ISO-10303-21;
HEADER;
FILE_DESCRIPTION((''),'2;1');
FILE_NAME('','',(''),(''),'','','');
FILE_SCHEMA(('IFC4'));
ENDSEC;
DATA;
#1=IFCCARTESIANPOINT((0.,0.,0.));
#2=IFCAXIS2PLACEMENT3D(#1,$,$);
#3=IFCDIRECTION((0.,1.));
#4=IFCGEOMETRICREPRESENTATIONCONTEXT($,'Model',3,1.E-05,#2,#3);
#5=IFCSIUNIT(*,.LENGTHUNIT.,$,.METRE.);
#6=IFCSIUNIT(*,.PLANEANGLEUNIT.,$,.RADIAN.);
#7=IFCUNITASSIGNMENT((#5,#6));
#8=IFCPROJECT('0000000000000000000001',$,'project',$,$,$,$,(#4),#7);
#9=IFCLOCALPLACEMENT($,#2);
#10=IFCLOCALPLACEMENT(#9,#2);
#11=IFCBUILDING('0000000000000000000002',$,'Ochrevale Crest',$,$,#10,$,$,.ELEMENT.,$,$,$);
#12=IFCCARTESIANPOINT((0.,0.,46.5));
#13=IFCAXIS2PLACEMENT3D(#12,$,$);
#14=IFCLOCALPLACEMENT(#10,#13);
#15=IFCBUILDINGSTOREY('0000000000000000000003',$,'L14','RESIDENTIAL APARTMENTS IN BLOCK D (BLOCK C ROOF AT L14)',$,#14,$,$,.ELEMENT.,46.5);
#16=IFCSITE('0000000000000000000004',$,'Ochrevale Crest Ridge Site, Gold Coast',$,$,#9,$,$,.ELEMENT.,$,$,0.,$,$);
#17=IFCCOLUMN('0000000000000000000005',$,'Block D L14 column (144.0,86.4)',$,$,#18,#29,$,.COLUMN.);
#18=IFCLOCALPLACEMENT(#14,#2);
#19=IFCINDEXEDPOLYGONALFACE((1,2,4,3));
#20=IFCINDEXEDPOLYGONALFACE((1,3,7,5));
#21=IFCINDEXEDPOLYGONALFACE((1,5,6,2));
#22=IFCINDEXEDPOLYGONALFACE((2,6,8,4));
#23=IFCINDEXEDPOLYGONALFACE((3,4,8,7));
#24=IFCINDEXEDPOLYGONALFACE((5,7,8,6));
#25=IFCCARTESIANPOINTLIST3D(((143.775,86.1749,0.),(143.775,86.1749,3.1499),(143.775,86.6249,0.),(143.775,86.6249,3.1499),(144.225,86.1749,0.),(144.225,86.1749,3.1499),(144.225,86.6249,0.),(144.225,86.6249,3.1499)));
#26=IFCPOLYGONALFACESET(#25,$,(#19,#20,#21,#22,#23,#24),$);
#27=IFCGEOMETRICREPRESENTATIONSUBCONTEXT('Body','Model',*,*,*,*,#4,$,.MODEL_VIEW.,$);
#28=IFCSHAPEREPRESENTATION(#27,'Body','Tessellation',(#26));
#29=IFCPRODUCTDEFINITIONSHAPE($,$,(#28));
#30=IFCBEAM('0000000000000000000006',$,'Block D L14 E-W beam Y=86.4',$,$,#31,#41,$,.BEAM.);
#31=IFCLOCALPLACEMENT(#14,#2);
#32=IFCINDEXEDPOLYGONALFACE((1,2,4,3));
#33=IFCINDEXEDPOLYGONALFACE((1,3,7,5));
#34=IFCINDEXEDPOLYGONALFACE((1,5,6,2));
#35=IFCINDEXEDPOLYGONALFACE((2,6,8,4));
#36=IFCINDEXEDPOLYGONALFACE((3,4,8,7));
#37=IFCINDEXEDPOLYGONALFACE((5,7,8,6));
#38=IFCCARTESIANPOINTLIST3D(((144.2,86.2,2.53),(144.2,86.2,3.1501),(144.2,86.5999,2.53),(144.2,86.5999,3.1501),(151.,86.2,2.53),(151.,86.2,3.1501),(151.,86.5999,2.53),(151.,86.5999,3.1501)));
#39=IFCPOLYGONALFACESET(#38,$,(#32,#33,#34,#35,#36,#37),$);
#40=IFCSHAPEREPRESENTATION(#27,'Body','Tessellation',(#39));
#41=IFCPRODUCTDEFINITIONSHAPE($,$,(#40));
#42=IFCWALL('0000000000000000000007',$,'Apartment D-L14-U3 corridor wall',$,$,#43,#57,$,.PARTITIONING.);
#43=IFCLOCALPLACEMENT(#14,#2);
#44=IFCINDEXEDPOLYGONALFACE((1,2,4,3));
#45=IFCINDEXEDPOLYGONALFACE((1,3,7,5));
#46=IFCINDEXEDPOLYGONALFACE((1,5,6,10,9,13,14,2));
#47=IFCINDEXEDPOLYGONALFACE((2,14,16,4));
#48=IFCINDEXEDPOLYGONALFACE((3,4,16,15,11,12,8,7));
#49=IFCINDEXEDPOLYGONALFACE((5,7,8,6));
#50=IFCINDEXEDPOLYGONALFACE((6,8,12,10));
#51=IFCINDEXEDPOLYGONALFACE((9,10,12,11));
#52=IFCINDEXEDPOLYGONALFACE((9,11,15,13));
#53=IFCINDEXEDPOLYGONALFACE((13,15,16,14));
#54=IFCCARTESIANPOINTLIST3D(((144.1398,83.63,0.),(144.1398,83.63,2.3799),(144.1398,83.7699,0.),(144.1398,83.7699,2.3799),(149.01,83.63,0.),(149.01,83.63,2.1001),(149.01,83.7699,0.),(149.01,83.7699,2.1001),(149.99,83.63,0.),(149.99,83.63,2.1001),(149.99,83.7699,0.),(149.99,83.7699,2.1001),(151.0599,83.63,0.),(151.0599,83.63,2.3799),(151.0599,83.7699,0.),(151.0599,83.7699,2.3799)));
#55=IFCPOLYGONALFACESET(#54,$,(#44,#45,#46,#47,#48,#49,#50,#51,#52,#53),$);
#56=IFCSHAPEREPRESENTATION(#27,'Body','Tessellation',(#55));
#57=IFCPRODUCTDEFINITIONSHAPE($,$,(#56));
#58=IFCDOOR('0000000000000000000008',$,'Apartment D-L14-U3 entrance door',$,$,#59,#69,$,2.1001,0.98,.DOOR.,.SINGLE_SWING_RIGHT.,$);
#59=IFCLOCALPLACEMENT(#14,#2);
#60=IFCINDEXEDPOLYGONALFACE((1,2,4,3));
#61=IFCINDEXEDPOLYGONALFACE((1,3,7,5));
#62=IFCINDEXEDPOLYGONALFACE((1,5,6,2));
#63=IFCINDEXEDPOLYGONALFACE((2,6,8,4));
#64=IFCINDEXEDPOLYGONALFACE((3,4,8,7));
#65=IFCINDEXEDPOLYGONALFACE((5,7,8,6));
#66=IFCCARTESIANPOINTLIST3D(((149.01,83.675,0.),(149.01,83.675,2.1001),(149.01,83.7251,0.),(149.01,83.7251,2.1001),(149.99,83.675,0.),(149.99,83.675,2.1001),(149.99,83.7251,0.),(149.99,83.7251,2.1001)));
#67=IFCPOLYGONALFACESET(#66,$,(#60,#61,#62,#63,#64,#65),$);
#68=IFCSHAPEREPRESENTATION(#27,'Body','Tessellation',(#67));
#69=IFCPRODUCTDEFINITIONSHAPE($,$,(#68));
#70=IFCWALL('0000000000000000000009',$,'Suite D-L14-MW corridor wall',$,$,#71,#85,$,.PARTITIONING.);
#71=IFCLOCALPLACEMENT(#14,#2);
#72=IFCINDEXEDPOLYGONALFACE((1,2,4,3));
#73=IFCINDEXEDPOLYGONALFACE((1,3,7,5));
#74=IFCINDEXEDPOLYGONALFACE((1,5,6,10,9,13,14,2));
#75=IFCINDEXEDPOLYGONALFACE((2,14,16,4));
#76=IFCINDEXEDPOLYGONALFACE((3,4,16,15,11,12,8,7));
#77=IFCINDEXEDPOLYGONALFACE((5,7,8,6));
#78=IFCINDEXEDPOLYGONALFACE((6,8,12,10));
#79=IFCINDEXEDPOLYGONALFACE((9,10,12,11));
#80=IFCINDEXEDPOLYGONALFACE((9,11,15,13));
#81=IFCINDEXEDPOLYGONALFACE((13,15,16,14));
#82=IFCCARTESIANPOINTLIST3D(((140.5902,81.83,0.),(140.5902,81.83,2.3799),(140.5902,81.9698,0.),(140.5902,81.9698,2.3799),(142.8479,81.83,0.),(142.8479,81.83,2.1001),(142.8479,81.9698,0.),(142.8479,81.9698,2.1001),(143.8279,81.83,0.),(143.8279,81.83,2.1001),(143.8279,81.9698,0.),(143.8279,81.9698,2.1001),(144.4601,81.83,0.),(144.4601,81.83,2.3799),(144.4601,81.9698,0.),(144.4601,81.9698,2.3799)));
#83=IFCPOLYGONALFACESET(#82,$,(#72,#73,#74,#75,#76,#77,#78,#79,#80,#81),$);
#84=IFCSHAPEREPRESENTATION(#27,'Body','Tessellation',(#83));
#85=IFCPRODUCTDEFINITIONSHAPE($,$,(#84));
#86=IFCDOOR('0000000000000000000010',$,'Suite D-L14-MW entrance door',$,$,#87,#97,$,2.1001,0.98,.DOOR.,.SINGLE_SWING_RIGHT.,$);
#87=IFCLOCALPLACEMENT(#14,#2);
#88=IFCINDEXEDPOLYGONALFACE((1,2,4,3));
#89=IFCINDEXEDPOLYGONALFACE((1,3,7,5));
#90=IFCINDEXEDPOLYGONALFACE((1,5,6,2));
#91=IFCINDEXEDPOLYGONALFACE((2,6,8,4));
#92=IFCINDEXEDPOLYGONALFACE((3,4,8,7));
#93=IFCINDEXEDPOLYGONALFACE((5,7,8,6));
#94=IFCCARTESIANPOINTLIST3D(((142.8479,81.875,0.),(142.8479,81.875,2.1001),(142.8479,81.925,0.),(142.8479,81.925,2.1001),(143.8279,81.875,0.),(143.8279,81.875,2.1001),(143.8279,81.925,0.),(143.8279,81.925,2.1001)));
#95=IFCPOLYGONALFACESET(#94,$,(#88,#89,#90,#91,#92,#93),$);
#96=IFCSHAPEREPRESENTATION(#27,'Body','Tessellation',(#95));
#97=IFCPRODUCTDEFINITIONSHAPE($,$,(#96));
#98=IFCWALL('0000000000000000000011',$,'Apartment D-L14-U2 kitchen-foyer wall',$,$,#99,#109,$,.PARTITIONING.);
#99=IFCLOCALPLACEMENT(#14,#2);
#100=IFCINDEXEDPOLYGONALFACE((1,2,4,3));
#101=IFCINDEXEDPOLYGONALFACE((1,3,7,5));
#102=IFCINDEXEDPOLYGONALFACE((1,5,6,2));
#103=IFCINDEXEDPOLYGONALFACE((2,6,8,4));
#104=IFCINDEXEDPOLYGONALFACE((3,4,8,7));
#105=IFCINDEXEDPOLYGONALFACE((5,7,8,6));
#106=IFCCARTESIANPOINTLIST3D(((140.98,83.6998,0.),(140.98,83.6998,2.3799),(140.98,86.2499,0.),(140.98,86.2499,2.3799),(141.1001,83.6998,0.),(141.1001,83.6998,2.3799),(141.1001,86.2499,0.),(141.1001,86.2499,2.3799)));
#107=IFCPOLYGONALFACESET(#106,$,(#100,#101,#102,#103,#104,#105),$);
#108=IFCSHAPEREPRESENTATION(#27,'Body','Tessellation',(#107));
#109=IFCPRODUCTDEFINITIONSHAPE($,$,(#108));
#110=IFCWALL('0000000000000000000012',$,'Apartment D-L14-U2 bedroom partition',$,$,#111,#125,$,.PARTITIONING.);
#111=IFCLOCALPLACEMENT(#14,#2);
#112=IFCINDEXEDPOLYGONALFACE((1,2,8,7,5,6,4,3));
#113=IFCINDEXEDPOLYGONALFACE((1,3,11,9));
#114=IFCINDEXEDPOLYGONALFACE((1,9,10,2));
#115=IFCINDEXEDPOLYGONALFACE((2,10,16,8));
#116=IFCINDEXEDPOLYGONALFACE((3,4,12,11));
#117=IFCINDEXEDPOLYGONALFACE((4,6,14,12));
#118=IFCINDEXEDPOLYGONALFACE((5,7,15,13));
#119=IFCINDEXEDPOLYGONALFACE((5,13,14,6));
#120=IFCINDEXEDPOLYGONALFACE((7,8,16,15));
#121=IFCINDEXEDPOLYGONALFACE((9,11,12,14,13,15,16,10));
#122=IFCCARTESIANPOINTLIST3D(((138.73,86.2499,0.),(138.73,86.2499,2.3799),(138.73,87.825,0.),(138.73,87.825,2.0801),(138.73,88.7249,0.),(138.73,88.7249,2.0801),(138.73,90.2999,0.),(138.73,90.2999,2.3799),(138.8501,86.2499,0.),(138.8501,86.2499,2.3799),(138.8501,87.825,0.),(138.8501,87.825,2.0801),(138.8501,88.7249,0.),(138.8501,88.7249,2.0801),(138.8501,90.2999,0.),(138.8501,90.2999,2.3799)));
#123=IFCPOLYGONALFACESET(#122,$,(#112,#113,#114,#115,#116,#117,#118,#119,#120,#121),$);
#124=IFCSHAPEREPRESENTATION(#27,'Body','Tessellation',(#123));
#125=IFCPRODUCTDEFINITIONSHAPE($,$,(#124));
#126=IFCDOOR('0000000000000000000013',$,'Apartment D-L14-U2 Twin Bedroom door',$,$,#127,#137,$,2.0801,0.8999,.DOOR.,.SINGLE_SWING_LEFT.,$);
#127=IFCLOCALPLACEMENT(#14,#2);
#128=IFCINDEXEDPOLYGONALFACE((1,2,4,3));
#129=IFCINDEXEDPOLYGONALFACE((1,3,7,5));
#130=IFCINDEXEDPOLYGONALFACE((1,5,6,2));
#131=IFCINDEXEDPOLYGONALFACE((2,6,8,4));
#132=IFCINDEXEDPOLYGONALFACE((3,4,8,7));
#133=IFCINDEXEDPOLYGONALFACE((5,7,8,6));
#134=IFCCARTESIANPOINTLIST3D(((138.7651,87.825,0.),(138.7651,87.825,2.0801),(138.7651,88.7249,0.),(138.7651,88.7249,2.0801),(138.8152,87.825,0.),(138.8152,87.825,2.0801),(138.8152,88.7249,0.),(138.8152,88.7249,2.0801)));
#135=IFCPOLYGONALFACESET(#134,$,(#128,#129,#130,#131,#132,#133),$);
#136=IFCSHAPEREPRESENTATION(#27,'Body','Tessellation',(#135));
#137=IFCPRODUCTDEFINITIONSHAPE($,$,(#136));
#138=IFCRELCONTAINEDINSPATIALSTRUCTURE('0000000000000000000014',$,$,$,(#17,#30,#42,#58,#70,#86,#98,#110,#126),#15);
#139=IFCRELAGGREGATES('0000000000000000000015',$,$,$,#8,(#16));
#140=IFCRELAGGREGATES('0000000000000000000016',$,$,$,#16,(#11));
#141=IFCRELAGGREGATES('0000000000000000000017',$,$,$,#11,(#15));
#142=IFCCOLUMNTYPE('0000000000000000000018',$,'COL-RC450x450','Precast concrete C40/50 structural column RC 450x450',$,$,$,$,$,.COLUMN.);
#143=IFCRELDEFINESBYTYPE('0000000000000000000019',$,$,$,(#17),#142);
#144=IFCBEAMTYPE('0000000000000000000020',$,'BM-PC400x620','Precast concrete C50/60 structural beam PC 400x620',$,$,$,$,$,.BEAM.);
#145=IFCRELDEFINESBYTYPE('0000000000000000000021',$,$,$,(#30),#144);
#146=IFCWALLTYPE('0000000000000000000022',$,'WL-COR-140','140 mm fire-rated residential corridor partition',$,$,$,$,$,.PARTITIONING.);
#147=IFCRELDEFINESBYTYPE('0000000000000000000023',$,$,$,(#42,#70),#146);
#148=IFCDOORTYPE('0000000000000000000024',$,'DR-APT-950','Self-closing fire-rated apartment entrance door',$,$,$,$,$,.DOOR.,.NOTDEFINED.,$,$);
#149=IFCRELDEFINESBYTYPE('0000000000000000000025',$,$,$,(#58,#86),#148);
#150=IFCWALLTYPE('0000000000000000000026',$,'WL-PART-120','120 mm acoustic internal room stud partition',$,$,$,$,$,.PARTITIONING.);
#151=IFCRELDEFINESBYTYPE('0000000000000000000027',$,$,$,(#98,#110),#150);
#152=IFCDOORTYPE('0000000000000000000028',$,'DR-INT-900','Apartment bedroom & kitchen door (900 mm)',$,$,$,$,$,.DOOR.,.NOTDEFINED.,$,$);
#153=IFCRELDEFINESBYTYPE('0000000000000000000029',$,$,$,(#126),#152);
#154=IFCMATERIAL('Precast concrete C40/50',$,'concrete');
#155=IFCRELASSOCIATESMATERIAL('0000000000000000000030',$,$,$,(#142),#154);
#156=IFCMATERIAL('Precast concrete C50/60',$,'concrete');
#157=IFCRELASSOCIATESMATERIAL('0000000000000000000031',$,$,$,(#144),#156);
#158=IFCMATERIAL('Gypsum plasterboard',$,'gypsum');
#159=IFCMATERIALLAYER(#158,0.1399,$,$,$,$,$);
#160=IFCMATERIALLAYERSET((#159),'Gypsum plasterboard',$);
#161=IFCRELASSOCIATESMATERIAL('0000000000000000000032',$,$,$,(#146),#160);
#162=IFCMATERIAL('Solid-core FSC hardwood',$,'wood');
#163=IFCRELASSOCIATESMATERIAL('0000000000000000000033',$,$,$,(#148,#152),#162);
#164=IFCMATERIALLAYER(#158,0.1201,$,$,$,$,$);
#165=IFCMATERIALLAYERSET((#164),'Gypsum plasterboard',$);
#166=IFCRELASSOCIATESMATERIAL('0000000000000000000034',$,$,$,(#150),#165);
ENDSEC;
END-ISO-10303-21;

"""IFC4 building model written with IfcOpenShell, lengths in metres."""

from ifc_helpers import new_model, si_unit, direction, frame, frame_2d, origin, origin_2d, place, context, subcontext, project, spatial, rectangle, extrude, material, layer, layer_set, material_profile, profile_set, type_object, element, fill, save


model = new_model("IFC4")

# Units and contexts
model_context = context("Model", 3, precision=1e-05, world=origin(), true_north=direction((0.0, 1.0)))
body_context = subcontext(model_context, "Body", "Model", "MODEL_VIEW")
ifc_project = project(units=[si_unit("LENGTHUNIT", "METRE"), si_unit("PLANEANGLEUNIT", "RADIAN")], contexts=[model_context])

# Site, building, storey
site_placement = place(None, origin())
site = spatial("IfcSite", under=ifc_project, at=site_placement, Name="Ochrevale Crest Ridge Site, Gold Coast", CompositionType="ELEMENT", RefElevation=0.0)
building_placement = place(site_placement, origin())
building = spatial("IfcBuilding", under=site, at=building_placement, Name="Ochrevale Crest", CompositionType="ELEMENT")
storey_placement = place(building_placement, frame((0.0, 0.0, 46.5)))
storey = spatial("IfcBuildingStorey", under=building, at=storey_placement, Name="L14", Description="RESIDENTIAL APARTMENTS IN BLOCK D (BLOCK C ROOF AT L14)", CompositionType="ELEMENT", Elevation=46.5)

# Column
ifc_material_1 = material(Name="Precast concrete C40/50", Category="concrete")
ifc_material_profile_1 = material_profile(ifc_material_1, rectangle(XDim=0.45, YDim=0.45, at=origin_2d()), Name="RC 450x450")
ifc_profile_set_1 = profile_set([ifc_material_profile_1], Name="Precast concrete C40/50")
column_type = type_object("IfcColumnType", Name="COL-RC450x450", Description="Precast concrete C40/50 structural column RC 450x450", PredefinedType="COLUMN", material=ifc_profile_set_1)
column_placement = place(storey_placement, frame((144.0, 86.3999, 0.0), z_axis=(0.0, 0.0, 1.0), x_axis=(1.0, 0.0, 0.0)))
element("IfcColumn", 1, at=column_placement, inside=storey, type_object=column_type, Name="Block D L14 column (144.0,86.4)", PredefinedType="COLUMN", context=body_context, shape_type="SweptSolid", body=[
    extrude(rectangle(XDim=0.45, YDim=0.45, at=origin_2d()), origin(), (0.0, 0.0, 1.0), 3.1499),
])

# Beam
ifc_material_2 = material(Name="Precast concrete C50/60", Category="concrete")
ifc_material_profile_2 = material_profile(ifc_material_2, rectangle(XDim=0.3999, YDim=0.6201, at=origin_2d()), Name="PC 400x620")
ifc_profile_set_2 = profile_set([ifc_material_profile_2], Name="Precast concrete C50/60")
beam_type = type_object("IfcBeamType", Name="BM-PC400x620", Description="Precast concrete C50/60 structural beam PC 400x620", PredefinedType="BEAM", material=ifc_profile_set_2)
beam_placement = place(storey_placement, frame((144.2, 86.3999, 2.8401), z_axis=(1.0, 0.0, 0.0), x_axis=(0.0, 1.0, 0.0)))
element("IfcBeam", 2, at=beam_placement, inside=storey, type_object=beam_type, Name="Block D L14 E-W beam Y=86.4", PredefinedType="BEAM", context=body_context, shape_type="SweptSolid", body=[
    extrude(rectangle(XDim=0.3999, YDim=0.6201, at=origin_2d()), origin(), (0.0, 0.0, 1.0), 6.8),
])

# Walls, openings, doors
ifc_material_3 = material(Name="Gypsum plasterboard", Category="gypsum")
ifc_layer_1 = layer(ifc_material_3, 0.1399)
ifc_layer_set_1 = layer_set([ifc_layer_1], Name="Gypsum plasterboard")
wall_type_1 = type_object("IfcWallType", Name="WL-COR-140", Description="140 mm fire-rated residential corridor partition", PredefinedType="PARTITIONING", material=ifc_layer_set_1)
wall_1_placement = place(storey_placement, frame((144.1399, 83.7, 0.0), z_axis=(0.0, 0.0, 1.0), x_axis=(1.0, 0.0, 0.0)))
wall_1 = element("IfcWall", 3, at=wall_1_placement, inside=storey, type_object=wall_type_1, Name="Apartment D-L14-U3 corridor wall", PredefinedType="PARTITIONING", context=body_context, shape_type="SweptSolid", body=[
    extrude(rectangle(XDim=6.9202, YDim=0.1399, at=frame_2d((3.46, 0.0))), origin(), (0.0, 0.0, 1.0), 2.3799),
])
opening_1_placement = place(wall_1_placement, frame((5.8501, 0.0, 0.0), z_axis=(0.0, 0.0, 1.0), x_axis=(-1.0, 0.0, 0.0)))
opening_1 = element("IfcOpeningElement", 4, at=opening_1_placement, cuts=wall_1, PredefinedType="OPENING", context=body_context, shape_type="SweptSolid", body=[
    extrude(rectangle(XDim=0.98, YDim=2.1001, at=frame_2d((0.49, 1.05))), frame((0.0, 0.0801, 0.0), z_axis=(0.0, -1.0, 0.0), x_axis=(1.0, 0.0, 0.0)), (0.0, 0.0, 1.0), 0.1599),
])
ifc_material_4 = material(Name="Solid-core FSC hardwood", Category="wood")
door_type_1 = type_object("IfcDoorType", Name="DR-APT-950", Description="Self-closing fire-rated apartment entrance door", OperationType="NOTDEFINED", PredefinedType="DOOR", material=ifc_material_4)
door_1_placement = place(opening_1_placement, origin())
door_1 = element("IfcDoor", 5, at=door_1_placement, inside=storey, type_object=door_type_1, Name="Apartment D-L14-U3 entrance door", OperationType="SINGLE_SWING_RIGHT", OverallHeight=2.1001, OverallWidth=0.98, PredefinedType="DOOR", context=body_context, shape_type="SweptSolid", body=[
    extrude(rectangle(XDim=0.98, YDim=2.1001, at=frame_2d((0.49, 1.05))), frame((0.0, 0.0249, 0.0), z_axis=(0.0, -1.0, 0.0), x_axis=(1.0, 0.0, 0.0)), (0.0, 0.0, 1.0), 0.05),
])
fill(opening_1, door_1)
wall_2_placement = place(storey_placement, frame((140.5901, 81.8999, 0.0), z_axis=(0.0, 0.0, 1.0), x_axis=(1.0, 0.0, 0.0)))
wall_2 = element("IfcWall", 6, at=wall_2_placement, inside=storey, type_object=wall_type_1, Name="Suite D-L14-MW corridor wall", PredefinedType="PARTITIONING", context=body_context, shape_type="SweptSolid", body=[
    extrude(rectangle(XDim=3.8699, YDim=0.1399, at=frame_2d((1.9351, 0.0))), origin(), (0.0, 0.0, 1.0), 2.3799),
])
opening_2_placement = place(wall_2_placement, frame((3.2378, 0.0, 0.0), z_axis=(0.0, 0.0, 1.0), x_axis=(-1.0, 0.0, 0.0)))
opening_2 = element("IfcOpeningElement", 7, at=opening_2_placement, cuts=wall_2, PredefinedType="OPENING", context=body_context, shape_type="SweptSolid", body=[
    extrude(rectangle(XDim=0.98, YDim=2.1001, at=frame_2d((0.49, 1.05))), frame((0.0, 0.0801, 0.0), z_axis=(0.0, -1.0, 0.0), x_axis=(1.0, 0.0, 0.0)), (0.0, 0.0, 1.0), 0.1599),
])
door_2_placement = place(opening_2_placement, origin())
door_2 = element("IfcDoor", 8, at=door_2_placement, inside=storey, type_object=door_type_1, Name="Suite D-L14-MW entrance door", OperationType="SINGLE_SWING_RIGHT", OverallHeight=2.1001, OverallWidth=0.98, PredefinedType="DOOR", context=body_context, shape_type="SweptSolid", body=[
    extrude(rectangle(XDim=0.98, YDim=2.1001, at=frame_2d((0.49, 1.05))), frame((0.0, 0.0249, 0.0), z_axis=(0.0, -1.0, 0.0), x_axis=(1.0, 0.0, 0.0)), (0.0, 0.0, 1.0), 0.05),
])
fill(opening_2, door_2)

# Wall
ifc_layer_2 = layer(ifc_material_3, 0.1201)
ifc_layer_set_2 = layer_set([ifc_layer_2], Name="Gypsum plasterboard")
wall_type_2 = type_object("IfcWallType", Name="WL-PART-120", Description="120 mm acoustic internal room stud partition", PredefinedType="PARTITIONING", material=ifc_layer_set_2)
wall_3_placement = place(storey_placement, frame((141.04, 83.7, 0.0), z_axis=(0.0, 0.0, 1.0), x_axis=(0.0, 1.0, 0.0)))
element("IfcWall", 9, at=wall_3_placement, inside=storey, type_object=wall_type_2, Name="Apartment D-L14-U2 kitchen-foyer wall", PredefinedType="PARTITIONING", context=body_context, shape_type="SweptSolid", body=[
    extrude(rectangle(XDim=2.55, YDim=0.1201, at=frame_2d((1.2749, 0.0))), origin(), (0.0, 0.0, 1.0), 2.3799),
])

# Wall, opening, door
wall_4_placement = place(storey_placement, frame((138.79, 86.25, 0.0), z_axis=(0.0, 0.0, 1.0), x_axis=(0.0, 1.0, 0.0)))
wall_4 = element("IfcWall", 10, at=wall_4_placement, inside=storey, type_object=wall_type_2, Name="Apartment D-L14-U2 bedroom partition", PredefinedType="PARTITIONING", context=body_context, shape_type="SweptSolid", body=[
    extrude(rectangle(XDim=4.05, YDim=0.1201, at=frame_2d((2.0249, 0.0))), origin(), (0.0, 0.0, 1.0), 2.3799),
])
opening_3_placement = place(wall_4_placement, frame((1.575, 0.0, 0.0)))
opening_3 = element("IfcOpeningElement", 11, at=opening_3_placement, cuts=wall_4, PredefinedType="OPENING", context=body_context, shape_type="SweptSolid", body=[
    extrude(rectangle(XDim=0.8999, YDim=2.0801, at=frame_2d((0.45, 1.04))), frame((0.0, 0.0701, 0.0), z_axis=(0.0, -1.0, 0.0), x_axis=(1.0, 0.0, 0.0)), (0.0, 0.0, 1.0), 0.1401),
])
door_type_2 = type_object("IfcDoorType", Name="DR-INT-900", Description="Apartment bedroom & kitchen door (900 mm)", OperationType="NOTDEFINED", PredefinedType="DOOR", material=ifc_material_4)
door_3_placement = place(opening_3_placement, origin())
door_3 = element("IfcDoor", 12, at=door_3_placement, inside=storey, type_object=door_type_2, Name="Apartment D-L14-U2 Twin Bedroom door", OperationType="SINGLE_SWING_LEFT", OverallHeight=2.0801, OverallWidth=0.8999, PredefinedType="DOOR", context=body_context, shape_type="SweptSolid", body=[
    extrude(rectangle(XDim=0.8999, YDim=2.0801, at=frame_2d((0.45, 1.04))), frame((0.0, 0.0249, 0.0), z_axis=(0.0, -1.0, 0.0), x_axis=(1.0, 0.0, 0.0)), (0.0, 0.0, 1.0), 0.05),
])
fill(opening_3, door_3)

save(model, "model.ifc")
